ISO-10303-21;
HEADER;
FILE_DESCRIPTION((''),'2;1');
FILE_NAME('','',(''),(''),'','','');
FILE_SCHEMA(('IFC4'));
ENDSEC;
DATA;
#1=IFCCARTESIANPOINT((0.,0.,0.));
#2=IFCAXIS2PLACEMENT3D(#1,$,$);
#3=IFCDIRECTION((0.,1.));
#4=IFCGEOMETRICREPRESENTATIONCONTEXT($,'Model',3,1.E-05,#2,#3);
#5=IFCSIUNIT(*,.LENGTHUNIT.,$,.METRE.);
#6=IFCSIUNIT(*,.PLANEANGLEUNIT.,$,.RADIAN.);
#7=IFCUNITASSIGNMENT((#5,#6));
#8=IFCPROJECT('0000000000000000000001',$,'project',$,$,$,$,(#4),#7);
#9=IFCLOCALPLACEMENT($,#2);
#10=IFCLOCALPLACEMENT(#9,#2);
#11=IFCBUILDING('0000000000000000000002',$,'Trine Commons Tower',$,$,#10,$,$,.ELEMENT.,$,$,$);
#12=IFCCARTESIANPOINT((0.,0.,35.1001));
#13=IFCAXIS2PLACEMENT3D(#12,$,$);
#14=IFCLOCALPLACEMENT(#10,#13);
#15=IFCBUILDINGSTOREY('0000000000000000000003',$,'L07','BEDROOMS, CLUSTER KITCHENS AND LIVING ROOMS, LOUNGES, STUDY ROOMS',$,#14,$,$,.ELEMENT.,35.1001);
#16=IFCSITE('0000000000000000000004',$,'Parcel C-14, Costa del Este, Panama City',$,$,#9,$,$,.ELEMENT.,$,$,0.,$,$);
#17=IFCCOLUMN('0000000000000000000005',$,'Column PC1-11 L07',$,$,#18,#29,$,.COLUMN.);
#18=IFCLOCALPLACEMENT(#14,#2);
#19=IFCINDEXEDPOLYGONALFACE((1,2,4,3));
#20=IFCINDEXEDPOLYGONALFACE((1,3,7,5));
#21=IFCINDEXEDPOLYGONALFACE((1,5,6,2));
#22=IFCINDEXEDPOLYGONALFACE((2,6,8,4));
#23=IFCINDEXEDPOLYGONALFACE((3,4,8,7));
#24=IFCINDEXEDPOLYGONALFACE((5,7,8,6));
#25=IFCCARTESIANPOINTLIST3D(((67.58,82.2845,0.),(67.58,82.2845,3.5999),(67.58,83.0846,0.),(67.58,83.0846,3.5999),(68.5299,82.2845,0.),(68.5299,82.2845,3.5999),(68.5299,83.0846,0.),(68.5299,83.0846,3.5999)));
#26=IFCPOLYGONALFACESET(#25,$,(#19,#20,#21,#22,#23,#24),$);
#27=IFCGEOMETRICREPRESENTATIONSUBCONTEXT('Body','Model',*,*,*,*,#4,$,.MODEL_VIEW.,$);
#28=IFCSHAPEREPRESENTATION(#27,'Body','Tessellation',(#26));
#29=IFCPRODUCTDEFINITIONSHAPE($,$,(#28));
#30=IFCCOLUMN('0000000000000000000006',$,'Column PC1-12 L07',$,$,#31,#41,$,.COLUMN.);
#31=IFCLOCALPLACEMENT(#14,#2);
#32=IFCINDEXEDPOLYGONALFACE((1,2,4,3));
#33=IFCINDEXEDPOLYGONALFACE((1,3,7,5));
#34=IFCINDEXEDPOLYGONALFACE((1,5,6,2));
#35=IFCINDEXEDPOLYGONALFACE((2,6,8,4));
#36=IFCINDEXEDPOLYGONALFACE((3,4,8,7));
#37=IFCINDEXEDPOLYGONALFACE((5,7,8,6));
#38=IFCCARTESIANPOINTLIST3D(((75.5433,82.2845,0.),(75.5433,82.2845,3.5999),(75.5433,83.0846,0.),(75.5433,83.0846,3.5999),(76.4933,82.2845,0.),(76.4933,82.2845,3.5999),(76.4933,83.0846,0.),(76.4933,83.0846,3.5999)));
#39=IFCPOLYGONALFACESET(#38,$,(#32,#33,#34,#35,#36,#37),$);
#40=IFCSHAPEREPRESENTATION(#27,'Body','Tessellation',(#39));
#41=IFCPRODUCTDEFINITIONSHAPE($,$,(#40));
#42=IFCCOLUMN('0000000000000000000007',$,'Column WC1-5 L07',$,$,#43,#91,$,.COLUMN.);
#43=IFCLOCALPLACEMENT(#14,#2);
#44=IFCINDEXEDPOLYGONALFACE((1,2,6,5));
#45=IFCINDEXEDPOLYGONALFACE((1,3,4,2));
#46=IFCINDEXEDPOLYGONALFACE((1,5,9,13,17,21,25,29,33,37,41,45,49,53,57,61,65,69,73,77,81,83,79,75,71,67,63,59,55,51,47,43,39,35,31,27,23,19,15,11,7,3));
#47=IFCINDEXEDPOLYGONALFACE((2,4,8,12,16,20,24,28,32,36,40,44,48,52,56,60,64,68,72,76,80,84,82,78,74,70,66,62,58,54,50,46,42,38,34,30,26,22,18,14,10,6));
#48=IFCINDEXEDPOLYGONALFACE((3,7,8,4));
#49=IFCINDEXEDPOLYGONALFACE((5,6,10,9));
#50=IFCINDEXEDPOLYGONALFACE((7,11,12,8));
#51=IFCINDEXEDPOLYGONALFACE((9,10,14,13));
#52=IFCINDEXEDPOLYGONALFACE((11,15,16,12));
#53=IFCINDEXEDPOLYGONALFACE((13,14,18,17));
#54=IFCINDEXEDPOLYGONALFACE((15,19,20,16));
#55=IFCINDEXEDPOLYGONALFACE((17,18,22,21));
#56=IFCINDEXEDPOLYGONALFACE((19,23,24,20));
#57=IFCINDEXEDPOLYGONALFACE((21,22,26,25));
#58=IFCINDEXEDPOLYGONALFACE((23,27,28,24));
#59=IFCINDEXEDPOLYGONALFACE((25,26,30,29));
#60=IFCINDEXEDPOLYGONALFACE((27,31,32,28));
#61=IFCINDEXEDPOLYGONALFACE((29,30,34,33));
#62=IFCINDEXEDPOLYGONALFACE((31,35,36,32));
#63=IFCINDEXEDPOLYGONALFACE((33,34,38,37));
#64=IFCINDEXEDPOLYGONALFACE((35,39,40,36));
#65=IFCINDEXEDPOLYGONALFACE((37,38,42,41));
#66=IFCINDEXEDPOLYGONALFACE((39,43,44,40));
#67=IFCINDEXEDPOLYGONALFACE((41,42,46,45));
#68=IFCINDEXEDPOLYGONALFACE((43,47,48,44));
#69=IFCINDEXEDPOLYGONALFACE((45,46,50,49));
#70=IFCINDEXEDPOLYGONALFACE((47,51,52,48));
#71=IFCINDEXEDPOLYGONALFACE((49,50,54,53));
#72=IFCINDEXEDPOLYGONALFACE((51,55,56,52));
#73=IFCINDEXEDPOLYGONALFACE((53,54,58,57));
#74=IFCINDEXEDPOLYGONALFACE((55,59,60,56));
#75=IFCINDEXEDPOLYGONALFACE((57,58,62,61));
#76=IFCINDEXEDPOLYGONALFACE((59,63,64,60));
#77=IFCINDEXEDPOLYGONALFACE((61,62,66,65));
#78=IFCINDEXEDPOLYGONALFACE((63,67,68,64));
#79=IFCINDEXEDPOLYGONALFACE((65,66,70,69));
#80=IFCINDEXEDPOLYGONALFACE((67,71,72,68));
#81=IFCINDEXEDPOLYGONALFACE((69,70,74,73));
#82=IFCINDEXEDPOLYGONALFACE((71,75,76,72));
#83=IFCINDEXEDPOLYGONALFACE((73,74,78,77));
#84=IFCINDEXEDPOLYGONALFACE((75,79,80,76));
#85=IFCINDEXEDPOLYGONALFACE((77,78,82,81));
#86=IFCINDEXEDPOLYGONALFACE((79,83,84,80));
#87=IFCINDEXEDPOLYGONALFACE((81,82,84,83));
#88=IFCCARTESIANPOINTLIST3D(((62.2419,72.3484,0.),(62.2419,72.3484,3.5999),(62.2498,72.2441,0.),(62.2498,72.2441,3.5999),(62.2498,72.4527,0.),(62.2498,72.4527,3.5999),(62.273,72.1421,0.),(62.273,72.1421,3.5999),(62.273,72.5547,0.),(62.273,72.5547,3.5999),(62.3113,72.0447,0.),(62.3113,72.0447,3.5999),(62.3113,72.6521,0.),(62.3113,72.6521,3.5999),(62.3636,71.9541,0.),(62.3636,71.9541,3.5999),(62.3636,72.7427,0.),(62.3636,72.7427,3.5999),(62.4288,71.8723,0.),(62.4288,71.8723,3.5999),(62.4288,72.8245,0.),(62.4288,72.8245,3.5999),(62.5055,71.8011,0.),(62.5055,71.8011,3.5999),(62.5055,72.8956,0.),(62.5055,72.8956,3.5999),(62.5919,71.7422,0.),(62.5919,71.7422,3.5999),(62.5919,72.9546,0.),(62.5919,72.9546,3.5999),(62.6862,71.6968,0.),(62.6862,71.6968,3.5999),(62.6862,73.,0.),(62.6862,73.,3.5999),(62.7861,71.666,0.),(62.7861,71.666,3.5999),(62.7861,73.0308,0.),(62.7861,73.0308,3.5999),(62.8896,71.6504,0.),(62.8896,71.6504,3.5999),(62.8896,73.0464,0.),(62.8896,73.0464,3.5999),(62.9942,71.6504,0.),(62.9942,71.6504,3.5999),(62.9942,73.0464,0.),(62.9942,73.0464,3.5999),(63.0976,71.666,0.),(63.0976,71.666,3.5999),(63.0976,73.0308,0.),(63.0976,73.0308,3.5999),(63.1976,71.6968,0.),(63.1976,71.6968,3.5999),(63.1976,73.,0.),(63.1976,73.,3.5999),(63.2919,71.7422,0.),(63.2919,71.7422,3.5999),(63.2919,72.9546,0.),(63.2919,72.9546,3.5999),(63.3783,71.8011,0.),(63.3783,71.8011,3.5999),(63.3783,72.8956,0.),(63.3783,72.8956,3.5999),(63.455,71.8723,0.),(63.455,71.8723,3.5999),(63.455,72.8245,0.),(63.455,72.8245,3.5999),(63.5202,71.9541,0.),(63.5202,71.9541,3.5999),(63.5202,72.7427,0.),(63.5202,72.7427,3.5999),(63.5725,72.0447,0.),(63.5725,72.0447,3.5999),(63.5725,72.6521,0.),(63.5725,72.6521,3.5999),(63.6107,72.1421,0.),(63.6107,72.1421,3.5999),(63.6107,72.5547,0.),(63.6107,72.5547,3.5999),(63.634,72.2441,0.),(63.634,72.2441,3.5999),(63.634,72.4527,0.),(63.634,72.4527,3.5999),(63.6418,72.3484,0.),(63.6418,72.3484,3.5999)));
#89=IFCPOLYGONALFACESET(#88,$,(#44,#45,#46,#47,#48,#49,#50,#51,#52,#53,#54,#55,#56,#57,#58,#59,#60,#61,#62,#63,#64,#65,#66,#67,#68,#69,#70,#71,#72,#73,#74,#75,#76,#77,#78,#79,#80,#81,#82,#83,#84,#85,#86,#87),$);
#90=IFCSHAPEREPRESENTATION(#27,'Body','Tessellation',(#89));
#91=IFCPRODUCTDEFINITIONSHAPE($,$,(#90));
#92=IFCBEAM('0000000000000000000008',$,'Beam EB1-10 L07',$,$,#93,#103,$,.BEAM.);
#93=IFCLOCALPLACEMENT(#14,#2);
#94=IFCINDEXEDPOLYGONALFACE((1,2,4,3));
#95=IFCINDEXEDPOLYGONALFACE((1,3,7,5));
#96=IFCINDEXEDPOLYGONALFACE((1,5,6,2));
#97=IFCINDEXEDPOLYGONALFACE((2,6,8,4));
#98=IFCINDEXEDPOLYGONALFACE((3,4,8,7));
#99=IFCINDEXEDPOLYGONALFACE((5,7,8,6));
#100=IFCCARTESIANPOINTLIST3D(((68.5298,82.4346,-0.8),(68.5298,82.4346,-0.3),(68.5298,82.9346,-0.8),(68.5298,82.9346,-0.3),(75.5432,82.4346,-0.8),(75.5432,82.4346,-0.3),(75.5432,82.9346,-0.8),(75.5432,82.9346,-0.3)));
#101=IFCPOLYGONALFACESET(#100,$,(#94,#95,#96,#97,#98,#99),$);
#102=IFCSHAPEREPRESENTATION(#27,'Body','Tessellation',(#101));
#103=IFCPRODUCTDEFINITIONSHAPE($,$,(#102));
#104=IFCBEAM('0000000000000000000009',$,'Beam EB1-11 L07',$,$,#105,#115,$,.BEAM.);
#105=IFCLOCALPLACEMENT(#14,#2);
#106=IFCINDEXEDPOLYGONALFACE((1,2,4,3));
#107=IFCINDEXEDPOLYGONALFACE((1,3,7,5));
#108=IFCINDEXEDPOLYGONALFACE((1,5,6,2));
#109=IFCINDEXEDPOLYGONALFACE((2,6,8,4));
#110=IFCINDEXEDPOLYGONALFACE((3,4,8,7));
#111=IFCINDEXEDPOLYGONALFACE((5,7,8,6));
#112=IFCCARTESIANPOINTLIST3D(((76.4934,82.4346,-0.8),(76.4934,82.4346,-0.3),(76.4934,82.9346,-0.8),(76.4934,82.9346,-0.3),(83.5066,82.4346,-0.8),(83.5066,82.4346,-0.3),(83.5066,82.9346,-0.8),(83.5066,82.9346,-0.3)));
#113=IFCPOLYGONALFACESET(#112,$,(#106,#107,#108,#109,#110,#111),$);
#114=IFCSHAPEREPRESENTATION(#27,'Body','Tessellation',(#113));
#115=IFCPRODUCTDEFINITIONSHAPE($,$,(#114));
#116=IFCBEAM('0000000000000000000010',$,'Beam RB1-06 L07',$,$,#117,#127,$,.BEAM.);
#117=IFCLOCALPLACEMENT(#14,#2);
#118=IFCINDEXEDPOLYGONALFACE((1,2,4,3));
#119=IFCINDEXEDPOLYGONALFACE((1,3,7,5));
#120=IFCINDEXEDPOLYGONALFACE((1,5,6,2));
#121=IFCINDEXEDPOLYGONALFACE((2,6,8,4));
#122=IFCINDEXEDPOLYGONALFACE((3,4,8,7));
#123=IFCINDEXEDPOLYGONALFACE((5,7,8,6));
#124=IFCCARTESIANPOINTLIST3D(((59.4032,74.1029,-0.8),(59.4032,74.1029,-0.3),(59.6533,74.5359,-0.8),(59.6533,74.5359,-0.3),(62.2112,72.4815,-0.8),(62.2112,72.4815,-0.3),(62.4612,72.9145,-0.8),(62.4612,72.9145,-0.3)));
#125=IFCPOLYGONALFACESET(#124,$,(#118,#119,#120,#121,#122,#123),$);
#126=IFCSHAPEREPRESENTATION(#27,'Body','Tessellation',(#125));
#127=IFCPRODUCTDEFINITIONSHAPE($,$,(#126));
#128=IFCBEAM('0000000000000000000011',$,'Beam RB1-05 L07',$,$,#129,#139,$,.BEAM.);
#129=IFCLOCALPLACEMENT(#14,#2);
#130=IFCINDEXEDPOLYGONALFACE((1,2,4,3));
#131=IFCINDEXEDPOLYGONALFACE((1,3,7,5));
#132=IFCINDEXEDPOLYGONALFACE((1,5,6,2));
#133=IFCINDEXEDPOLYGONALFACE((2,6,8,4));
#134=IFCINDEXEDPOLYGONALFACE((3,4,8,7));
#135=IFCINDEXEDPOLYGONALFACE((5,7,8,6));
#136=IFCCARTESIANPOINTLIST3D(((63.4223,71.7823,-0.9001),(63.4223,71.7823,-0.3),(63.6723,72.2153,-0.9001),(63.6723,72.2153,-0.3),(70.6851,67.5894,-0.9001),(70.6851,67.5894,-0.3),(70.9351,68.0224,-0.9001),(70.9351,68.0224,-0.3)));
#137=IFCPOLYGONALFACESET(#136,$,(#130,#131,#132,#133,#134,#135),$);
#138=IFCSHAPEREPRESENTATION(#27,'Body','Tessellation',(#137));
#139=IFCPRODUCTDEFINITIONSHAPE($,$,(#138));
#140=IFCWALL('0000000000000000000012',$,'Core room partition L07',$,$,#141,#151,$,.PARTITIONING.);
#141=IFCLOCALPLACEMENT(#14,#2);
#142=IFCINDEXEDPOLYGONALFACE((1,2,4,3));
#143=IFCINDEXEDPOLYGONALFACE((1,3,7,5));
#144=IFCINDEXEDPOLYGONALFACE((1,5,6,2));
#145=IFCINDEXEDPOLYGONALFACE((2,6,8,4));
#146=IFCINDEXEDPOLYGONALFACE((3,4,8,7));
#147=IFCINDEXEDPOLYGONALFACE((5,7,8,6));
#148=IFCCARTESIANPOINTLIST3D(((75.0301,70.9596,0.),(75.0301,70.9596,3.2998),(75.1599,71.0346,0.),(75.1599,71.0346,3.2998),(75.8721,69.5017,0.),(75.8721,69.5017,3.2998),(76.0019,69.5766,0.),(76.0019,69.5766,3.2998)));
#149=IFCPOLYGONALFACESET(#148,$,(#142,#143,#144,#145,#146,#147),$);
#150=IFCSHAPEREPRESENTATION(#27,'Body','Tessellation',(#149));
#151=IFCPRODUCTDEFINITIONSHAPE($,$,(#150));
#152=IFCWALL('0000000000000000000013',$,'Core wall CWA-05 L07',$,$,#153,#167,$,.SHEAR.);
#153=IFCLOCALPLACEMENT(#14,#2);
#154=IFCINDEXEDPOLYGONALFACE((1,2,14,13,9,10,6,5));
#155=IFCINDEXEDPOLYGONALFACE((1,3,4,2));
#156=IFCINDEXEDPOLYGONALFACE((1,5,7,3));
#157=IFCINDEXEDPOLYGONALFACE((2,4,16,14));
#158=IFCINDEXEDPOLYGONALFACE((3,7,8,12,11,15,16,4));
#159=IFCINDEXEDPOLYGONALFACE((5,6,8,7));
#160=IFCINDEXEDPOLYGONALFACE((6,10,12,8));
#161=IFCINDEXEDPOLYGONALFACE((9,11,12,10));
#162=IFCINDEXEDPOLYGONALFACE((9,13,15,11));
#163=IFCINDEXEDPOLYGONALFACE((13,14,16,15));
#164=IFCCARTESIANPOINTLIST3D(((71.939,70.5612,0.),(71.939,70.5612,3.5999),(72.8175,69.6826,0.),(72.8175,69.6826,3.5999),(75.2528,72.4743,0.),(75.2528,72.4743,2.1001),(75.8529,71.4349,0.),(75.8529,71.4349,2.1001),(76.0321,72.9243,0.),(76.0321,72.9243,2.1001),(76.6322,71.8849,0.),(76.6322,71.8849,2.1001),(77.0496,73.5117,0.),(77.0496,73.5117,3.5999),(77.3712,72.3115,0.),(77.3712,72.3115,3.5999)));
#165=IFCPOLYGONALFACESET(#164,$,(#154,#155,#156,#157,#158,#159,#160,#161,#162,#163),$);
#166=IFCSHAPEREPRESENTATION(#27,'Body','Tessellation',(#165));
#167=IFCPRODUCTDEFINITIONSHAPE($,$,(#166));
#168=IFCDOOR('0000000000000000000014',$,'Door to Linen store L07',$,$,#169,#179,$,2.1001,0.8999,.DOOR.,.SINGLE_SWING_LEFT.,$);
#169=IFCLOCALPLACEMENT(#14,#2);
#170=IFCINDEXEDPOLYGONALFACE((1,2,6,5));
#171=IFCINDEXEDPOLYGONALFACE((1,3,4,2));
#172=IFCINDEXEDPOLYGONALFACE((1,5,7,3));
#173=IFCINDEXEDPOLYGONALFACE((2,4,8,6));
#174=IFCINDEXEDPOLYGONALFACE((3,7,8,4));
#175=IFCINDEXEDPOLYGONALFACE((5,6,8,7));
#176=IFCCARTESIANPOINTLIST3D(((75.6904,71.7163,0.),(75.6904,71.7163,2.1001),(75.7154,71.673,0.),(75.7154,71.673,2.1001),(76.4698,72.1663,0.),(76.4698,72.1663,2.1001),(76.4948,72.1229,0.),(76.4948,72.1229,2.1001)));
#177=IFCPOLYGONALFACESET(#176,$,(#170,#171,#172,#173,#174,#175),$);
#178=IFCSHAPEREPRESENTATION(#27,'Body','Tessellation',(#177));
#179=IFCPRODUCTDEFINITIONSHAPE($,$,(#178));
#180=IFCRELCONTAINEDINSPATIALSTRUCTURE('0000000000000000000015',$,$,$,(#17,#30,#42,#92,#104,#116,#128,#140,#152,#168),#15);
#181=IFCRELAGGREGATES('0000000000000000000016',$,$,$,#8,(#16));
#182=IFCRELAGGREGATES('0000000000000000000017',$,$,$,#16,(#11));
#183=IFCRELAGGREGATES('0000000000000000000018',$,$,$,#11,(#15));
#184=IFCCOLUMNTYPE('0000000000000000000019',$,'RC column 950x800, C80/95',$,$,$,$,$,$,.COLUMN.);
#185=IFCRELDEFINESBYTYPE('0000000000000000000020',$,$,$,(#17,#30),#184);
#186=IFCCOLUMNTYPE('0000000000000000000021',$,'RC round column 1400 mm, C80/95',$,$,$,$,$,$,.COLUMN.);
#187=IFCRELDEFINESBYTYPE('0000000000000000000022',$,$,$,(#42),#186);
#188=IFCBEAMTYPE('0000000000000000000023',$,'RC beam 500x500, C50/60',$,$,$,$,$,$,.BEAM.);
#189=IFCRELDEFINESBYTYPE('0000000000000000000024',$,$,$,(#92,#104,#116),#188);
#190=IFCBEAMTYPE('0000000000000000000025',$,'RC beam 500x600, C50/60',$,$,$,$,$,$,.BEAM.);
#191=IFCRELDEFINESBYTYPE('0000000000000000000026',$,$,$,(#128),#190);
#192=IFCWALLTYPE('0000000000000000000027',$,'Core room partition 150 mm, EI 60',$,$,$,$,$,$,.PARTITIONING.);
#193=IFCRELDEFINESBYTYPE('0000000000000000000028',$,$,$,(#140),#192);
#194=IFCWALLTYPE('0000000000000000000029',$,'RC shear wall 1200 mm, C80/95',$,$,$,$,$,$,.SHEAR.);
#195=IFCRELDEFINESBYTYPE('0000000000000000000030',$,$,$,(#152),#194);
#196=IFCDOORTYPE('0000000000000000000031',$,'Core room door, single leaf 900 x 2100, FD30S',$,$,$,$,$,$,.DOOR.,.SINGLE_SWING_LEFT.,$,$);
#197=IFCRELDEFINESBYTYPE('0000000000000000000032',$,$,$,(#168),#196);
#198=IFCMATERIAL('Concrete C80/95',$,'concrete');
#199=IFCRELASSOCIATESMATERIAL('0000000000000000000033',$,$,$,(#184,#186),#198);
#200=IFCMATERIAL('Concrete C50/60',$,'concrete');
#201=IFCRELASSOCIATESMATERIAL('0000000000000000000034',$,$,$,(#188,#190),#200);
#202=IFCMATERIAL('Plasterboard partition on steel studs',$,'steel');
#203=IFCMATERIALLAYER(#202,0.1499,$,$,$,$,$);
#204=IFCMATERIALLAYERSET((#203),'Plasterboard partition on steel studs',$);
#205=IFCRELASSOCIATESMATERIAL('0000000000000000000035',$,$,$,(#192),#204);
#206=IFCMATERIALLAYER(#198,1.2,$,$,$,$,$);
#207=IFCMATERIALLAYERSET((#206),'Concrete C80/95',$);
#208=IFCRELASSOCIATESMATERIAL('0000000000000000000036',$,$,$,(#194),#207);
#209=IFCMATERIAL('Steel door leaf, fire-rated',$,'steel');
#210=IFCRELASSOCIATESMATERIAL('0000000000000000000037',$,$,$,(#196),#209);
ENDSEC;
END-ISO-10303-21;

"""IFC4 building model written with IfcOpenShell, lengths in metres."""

from ifc_helpers import new_model, si_unit, direction, frame, frame_2d, origin, origin_2d, place, context, subcontext, project, spatial, polyline, rectangle, circle, outline, extrude, material, layer, layer_set, material_profile, profile_set, type_object, element, fill, save


model = new_model("IFC4")

# Units and contexts
model_context = context("Model", 3, precision=1e-05, world=origin(), true_north=direction((0.0, 1.0)))
body_context = subcontext(model_context, "Body", "Model", "MODEL_VIEW")
ifc_project = project(units=[si_unit("LENGTHUNIT", "METRE"), si_unit("PLANEANGLEUNIT", "RADIAN")], contexts=[model_context])

# Site, building, storey
site_placement = place(None, origin())
site = spatial("IfcSite", under=ifc_project, at=site_placement, Name="Parcel C-14, Costa del Este, Panama City", CompositionType="ELEMENT", RefElevation=0.0)
building_placement = place(site_placement, origin())
building = spatial("IfcBuilding", under=site, at=building_placement, Name="Trine Commons Tower", CompositionType="ELEMENT")
storey_placement = place(building_placement, frame((0.0, 0.0, 35.1001)))
storey = spatial("IfcBuildingStorey", under=building, at=storey_placement, Name="L07", Description="BEDROOMS, CLUSTER KITCHENS AND LIVING ROOMS, LOUNGES, STUDY ROOMS", CompositionType="ELEMENT", Elevation=35.1001)

# Columns
ifc_material_1 = material(Name="Concrete C80/95", Category="concrete")
ifc_material_profile_1 = material_profile(ifc_material_1, rectangle(XDim=0.95, YDim=0.8, at=origin_2d()), Name="RC 950x800")
ifc_profile_set_1 = profile_set([ifc_material_profile_1], Name="Concrete C80/95")
column_type_1 = type_object("IfcColumnType", Name="RC column 950x800, C80/95", PredefinedType="COLUMN", material=ifc_profile_set_1)
for number, where, z_axis, x_axis, name in (
    (1, (68.0549, 82.6846, 0.0), (0.0, 0.0, 1.0), (1.0, 0.0, 0.0), "Column PC1-11 L07"),
    (2, (76.0183, 82.6846, 0.0), (0.0, 0.0, 1.0), (1.0, 0.0, 0.0), "Column PC1-12 L07"),
):
    element("IfcColumn", number, at=place(storey_placement, frame(where, z_axis=z_axis, x_axis=x_axis)), inside=storey, type_object=column_type_1, Name=name, PredefinedType="COLUMN", context=body_context, shape_type="SweptSolid", body=[
        extrude(rectangle(XDim=0.95, YDim=0.8, at=origin_2d()), origin(), (0.0, 0.0, 1.0), 3.5999),
    ])
ifc_material_profile_2 = material_profile(ifc_material_1, circle(Radius=0.7, at=origin_2d()), Name="RC round 1400")
ifc_profile_set_2 = profile_set([ifc_material_profile_2], Name="Concrete C80/95")
column_type_2 = type_object("IfcColumnType", Name="RC round column 1400 mm, C80/95", PredefinedType="COLUMN", material=ifc_profile_set_2)
column_placement = place(storey_placement, frame((62.9419, 72.3484, 0.0), z_axis=(0.0, 0.0, 1.0), x_axis=(1.0, 0.0, 0.0)))
element("IfcColumn", 3, at=column_placement, inside=storey, type_object=column_type_2, Name="Column WC1-5 L07", PredefinedType="COLUMN", context=body_context, shape_type="SweptSolid", body=[
    extrude(circle(Radius=0.7, at=origin_2d()), origin(), (0.0, 0.0, 1.0), 3.5999),
])

# Beams
ifc_material_2 = material(Name="Concrete C50/60", Category="concrete")
ifc_material_profile_3 = material_profile(ifc_material_2, rectangle(XDim=0.5, YDim=0.5, at=origin_2d()), Name="RC 500x500")
ifc_profile_set_3 = profile_set([ifc_material_profile_3], Name="Concrete C50/60")
beam_type_1 = type_object("IfcBeamType", Name="RC beam 500x500, C50/60", PredefinedType="BEAM", material=ifc_profile_set_3)
beam_1_placement = place(storey_placement, frame((68.5298, 82.6846, -0.55), z_axis=(1.0, 0.0, 0.0), x_axis=(0.0, 1.0, 0.0)))
element("IfcBeam", 4, at=beam_1_placement, inside=storey, type_object=beam_type_1, Name="Beam EB1-10 L07", PredefinedType="BEAM", context=body_context, shape_type="SweptSolid", body=[
    extrude(rectangle(XDim=0.5, YDim=0.5, at=origin_2d()), origin(), (0.0, 0.0, 1.0), 7.0134),
])
beam_2_placement = place(storey_placement, frame((76.4934, 82.6846, -0.55), z_axis=(1.0, 0.0, 0.0), x_axis=(0.0, 1.0, 0.0)))
element("IfcBeam", 5, at=beam_2_placement, inside=storey, type_object=beam_type_1, Name="Beam EB1-11 L07", PredefinedType="BEAM", context=body_context, shape_type="SweptSolid", body=[
    extrude(rectangle(XDim=0.5, YDim=0.5, at=origin_2d()), origin(), (0.0, 0.0, 1.0), 7.0132),
])
beam_3_placement = place(storey_placement, frame((62.3362, 72.698, -0.55), z_axis=(-0.865996, 0.500051, 0.0), x_axis=(-0.500051, -0.865996, 0.0)))
element("IfcBeam", 6, at=beam_3_placement, inside=storey, type_object=beam_type_1, Name="Beam RB1-06 L07", PredefinedType="BEAM", context=body_context, shape_type="SweptSolid", body=[
    extrude(rectangle(XDim=0.5, YDim=0.5, at=origin_2d()), origin(), (0.0, 0.0, 1.0), 3.2424),
])
ifc_material_profile_4 = material_profile(ifc_material_2, rectangle(XDim=0.5, YDim=0.6001, at=origin_2d()), Name="RC 500x600")
ifc_profile_set_4 = profile_set([ifc_material_profile_4], Name="Concrete C50/60")
beam_type_2 = type_object("IfcBeamType", Name="RC beam 500x600, C50/60", PredefinedType="BEAM", material=ifc_profile_set_4)
beam_4_placement = place(storey_placement, frame((70.8101, 67.8059, -0.6001), z_axis=(-0.866038, 0.499978, 0.0), x_axis=(-0.499978, -0.866038, 0.0)))
element("IfcBeam", 7, at=beam_4_placement, inside=storey, type_object=beam_type_2, Name="Beam RB1-05 L07", PredefinedType="BEAM", context=body_context, shape_type="SweptSolid", body=[
    extrude(rectangle(XDim=0.5, YDim=0.6001, at=origin_2d()), origin(), (0.0, 0.0, 1.0), 8.3862),
])

# Wall
ifc_material_3 = material(Name="Plasterboard partition on steel studs", Category="steel")
ifc_layer_1 = layer(ifc_material_3, 0.1499)
ifc_layer_set_1 = layer_set([ifc_layer_1], Name="Plasterboard partition on steel studs")
wall_type_1 = type_object("IfcWallType", Name="Core room partition 150 mm, EI 60", PredefinedType="PARTITIONING", material=ifc_layer_set_1)
wall_1_placement = place(storey_placement, frame((75.095, 70.9971, 0.0), z_axis=(0.0, 0.0, 1.0), x_axis=(0.500116, -0.865959, 0.0)))
element("IfcWall", 8, at=wall_1_placement, inside=storey, type_object=wall_type_1, Name="Core room partition L07", PredefinedType="PARTITIONING", context=body_context, shape_type="SweptSolid", body=[
    extrude(rectangle(XDim=1.6836, YDim=0.1499, at=frame_2d((0.8418, 0.0))), origin(), (0.0, 0.0, 1.0), 3.2998),
])

# Wall, opening, door
ifc_layer_2 = layer(ifc_material_1, 1.2)
ifc_layer_set_2 = layer_set([ifc_layer_2], Name="Concrete C80/95")
wall_type_2 = type_object("IfcWallType", Name="RC shear wall 1200 mm, C80/95", PredefinedType="SHEAR", material=ifc_layer_set_2)
wall_2_placement = place(storey_placement, frame((77.3496, 72.9919, 0.0), z_axis=(0.0, 0.0, 1.0), x_axis=(-0.866037, -0.499979, 0.0)))
wall_2 = element("IfcWall", 9, at=wall_2_placement, inside=storey, type_object=wall_type_2, Name="Core wall CWA-05 L07", PredefinedType="SHEAR", context=body_context, shape_type="SweptSolid", body=[
    extrude(outline(polyline([(0.0, -0.6001), (5.9011, -0.6001), (5.5796, 0.6001), (0.3215, 0.6001), (0.0, -0.6001)])), origin(), (0.0, 0.0, 1.0), 3.5999),
])
opening_1_placement = place(wall_2_placement, frame((1.1748, 0.0, 0.0)))
opening_1 = element("IfcOpeningElement", 10, at=opening_1_placement, cuts=wall_2, PredefinedType="OPENING", context=body_context, shape_type="SweptSolid", body=[
    extrude(rectangle(XDim=0.8999, YDim=2.1001, at=frame_2d((0.45, 1.05))), frame((0.0, 0.6099, 0.0), z_axis=(0.0, -1.0, 0.0), x_axis=(1.0, 0.0, 0.0)), (0.0, 0.0, 1.0), 1.22),
])
ifc_material_4 = material(Name="Steel door leaf, fire-rated", Category="steel")
door_type_1 = type_object("IfcDoorType", Name="Core room door, single leaf 900 x 2100, FD30S", OperationType="SINGLE_SWING_LEFT", PredefinedType="DOOR", material=ifc_material_4)
door_1_placement = place(opening_1_placement, origin())
door_1 = element("IfcDoor", 11, at=door_1_placement, inside=storey, type_object=door_type_1, Name="Door to Linen store L07", OperationType="SINGLE_SWING_LEFT", OverallHeight=2.1001, OverallWidth=0.8999, PredefinedType="DOOR", context=body_context, shape_type="SweptSolid", body=[
    extrude(rectangle(XDim=0.8999, YDim=2.1001, at=frame_2d((0.45, 1.05))), frame((0.0, 0.3252, 0.0), z_axis=(0.0, -1.0, 0.0), x_axis=(1.0, 0.0, 0.0)), (0.0, 0.0, 1.0), 0.05),
])
fill(opening_1, door_1)

save(model, "model.ifc")
